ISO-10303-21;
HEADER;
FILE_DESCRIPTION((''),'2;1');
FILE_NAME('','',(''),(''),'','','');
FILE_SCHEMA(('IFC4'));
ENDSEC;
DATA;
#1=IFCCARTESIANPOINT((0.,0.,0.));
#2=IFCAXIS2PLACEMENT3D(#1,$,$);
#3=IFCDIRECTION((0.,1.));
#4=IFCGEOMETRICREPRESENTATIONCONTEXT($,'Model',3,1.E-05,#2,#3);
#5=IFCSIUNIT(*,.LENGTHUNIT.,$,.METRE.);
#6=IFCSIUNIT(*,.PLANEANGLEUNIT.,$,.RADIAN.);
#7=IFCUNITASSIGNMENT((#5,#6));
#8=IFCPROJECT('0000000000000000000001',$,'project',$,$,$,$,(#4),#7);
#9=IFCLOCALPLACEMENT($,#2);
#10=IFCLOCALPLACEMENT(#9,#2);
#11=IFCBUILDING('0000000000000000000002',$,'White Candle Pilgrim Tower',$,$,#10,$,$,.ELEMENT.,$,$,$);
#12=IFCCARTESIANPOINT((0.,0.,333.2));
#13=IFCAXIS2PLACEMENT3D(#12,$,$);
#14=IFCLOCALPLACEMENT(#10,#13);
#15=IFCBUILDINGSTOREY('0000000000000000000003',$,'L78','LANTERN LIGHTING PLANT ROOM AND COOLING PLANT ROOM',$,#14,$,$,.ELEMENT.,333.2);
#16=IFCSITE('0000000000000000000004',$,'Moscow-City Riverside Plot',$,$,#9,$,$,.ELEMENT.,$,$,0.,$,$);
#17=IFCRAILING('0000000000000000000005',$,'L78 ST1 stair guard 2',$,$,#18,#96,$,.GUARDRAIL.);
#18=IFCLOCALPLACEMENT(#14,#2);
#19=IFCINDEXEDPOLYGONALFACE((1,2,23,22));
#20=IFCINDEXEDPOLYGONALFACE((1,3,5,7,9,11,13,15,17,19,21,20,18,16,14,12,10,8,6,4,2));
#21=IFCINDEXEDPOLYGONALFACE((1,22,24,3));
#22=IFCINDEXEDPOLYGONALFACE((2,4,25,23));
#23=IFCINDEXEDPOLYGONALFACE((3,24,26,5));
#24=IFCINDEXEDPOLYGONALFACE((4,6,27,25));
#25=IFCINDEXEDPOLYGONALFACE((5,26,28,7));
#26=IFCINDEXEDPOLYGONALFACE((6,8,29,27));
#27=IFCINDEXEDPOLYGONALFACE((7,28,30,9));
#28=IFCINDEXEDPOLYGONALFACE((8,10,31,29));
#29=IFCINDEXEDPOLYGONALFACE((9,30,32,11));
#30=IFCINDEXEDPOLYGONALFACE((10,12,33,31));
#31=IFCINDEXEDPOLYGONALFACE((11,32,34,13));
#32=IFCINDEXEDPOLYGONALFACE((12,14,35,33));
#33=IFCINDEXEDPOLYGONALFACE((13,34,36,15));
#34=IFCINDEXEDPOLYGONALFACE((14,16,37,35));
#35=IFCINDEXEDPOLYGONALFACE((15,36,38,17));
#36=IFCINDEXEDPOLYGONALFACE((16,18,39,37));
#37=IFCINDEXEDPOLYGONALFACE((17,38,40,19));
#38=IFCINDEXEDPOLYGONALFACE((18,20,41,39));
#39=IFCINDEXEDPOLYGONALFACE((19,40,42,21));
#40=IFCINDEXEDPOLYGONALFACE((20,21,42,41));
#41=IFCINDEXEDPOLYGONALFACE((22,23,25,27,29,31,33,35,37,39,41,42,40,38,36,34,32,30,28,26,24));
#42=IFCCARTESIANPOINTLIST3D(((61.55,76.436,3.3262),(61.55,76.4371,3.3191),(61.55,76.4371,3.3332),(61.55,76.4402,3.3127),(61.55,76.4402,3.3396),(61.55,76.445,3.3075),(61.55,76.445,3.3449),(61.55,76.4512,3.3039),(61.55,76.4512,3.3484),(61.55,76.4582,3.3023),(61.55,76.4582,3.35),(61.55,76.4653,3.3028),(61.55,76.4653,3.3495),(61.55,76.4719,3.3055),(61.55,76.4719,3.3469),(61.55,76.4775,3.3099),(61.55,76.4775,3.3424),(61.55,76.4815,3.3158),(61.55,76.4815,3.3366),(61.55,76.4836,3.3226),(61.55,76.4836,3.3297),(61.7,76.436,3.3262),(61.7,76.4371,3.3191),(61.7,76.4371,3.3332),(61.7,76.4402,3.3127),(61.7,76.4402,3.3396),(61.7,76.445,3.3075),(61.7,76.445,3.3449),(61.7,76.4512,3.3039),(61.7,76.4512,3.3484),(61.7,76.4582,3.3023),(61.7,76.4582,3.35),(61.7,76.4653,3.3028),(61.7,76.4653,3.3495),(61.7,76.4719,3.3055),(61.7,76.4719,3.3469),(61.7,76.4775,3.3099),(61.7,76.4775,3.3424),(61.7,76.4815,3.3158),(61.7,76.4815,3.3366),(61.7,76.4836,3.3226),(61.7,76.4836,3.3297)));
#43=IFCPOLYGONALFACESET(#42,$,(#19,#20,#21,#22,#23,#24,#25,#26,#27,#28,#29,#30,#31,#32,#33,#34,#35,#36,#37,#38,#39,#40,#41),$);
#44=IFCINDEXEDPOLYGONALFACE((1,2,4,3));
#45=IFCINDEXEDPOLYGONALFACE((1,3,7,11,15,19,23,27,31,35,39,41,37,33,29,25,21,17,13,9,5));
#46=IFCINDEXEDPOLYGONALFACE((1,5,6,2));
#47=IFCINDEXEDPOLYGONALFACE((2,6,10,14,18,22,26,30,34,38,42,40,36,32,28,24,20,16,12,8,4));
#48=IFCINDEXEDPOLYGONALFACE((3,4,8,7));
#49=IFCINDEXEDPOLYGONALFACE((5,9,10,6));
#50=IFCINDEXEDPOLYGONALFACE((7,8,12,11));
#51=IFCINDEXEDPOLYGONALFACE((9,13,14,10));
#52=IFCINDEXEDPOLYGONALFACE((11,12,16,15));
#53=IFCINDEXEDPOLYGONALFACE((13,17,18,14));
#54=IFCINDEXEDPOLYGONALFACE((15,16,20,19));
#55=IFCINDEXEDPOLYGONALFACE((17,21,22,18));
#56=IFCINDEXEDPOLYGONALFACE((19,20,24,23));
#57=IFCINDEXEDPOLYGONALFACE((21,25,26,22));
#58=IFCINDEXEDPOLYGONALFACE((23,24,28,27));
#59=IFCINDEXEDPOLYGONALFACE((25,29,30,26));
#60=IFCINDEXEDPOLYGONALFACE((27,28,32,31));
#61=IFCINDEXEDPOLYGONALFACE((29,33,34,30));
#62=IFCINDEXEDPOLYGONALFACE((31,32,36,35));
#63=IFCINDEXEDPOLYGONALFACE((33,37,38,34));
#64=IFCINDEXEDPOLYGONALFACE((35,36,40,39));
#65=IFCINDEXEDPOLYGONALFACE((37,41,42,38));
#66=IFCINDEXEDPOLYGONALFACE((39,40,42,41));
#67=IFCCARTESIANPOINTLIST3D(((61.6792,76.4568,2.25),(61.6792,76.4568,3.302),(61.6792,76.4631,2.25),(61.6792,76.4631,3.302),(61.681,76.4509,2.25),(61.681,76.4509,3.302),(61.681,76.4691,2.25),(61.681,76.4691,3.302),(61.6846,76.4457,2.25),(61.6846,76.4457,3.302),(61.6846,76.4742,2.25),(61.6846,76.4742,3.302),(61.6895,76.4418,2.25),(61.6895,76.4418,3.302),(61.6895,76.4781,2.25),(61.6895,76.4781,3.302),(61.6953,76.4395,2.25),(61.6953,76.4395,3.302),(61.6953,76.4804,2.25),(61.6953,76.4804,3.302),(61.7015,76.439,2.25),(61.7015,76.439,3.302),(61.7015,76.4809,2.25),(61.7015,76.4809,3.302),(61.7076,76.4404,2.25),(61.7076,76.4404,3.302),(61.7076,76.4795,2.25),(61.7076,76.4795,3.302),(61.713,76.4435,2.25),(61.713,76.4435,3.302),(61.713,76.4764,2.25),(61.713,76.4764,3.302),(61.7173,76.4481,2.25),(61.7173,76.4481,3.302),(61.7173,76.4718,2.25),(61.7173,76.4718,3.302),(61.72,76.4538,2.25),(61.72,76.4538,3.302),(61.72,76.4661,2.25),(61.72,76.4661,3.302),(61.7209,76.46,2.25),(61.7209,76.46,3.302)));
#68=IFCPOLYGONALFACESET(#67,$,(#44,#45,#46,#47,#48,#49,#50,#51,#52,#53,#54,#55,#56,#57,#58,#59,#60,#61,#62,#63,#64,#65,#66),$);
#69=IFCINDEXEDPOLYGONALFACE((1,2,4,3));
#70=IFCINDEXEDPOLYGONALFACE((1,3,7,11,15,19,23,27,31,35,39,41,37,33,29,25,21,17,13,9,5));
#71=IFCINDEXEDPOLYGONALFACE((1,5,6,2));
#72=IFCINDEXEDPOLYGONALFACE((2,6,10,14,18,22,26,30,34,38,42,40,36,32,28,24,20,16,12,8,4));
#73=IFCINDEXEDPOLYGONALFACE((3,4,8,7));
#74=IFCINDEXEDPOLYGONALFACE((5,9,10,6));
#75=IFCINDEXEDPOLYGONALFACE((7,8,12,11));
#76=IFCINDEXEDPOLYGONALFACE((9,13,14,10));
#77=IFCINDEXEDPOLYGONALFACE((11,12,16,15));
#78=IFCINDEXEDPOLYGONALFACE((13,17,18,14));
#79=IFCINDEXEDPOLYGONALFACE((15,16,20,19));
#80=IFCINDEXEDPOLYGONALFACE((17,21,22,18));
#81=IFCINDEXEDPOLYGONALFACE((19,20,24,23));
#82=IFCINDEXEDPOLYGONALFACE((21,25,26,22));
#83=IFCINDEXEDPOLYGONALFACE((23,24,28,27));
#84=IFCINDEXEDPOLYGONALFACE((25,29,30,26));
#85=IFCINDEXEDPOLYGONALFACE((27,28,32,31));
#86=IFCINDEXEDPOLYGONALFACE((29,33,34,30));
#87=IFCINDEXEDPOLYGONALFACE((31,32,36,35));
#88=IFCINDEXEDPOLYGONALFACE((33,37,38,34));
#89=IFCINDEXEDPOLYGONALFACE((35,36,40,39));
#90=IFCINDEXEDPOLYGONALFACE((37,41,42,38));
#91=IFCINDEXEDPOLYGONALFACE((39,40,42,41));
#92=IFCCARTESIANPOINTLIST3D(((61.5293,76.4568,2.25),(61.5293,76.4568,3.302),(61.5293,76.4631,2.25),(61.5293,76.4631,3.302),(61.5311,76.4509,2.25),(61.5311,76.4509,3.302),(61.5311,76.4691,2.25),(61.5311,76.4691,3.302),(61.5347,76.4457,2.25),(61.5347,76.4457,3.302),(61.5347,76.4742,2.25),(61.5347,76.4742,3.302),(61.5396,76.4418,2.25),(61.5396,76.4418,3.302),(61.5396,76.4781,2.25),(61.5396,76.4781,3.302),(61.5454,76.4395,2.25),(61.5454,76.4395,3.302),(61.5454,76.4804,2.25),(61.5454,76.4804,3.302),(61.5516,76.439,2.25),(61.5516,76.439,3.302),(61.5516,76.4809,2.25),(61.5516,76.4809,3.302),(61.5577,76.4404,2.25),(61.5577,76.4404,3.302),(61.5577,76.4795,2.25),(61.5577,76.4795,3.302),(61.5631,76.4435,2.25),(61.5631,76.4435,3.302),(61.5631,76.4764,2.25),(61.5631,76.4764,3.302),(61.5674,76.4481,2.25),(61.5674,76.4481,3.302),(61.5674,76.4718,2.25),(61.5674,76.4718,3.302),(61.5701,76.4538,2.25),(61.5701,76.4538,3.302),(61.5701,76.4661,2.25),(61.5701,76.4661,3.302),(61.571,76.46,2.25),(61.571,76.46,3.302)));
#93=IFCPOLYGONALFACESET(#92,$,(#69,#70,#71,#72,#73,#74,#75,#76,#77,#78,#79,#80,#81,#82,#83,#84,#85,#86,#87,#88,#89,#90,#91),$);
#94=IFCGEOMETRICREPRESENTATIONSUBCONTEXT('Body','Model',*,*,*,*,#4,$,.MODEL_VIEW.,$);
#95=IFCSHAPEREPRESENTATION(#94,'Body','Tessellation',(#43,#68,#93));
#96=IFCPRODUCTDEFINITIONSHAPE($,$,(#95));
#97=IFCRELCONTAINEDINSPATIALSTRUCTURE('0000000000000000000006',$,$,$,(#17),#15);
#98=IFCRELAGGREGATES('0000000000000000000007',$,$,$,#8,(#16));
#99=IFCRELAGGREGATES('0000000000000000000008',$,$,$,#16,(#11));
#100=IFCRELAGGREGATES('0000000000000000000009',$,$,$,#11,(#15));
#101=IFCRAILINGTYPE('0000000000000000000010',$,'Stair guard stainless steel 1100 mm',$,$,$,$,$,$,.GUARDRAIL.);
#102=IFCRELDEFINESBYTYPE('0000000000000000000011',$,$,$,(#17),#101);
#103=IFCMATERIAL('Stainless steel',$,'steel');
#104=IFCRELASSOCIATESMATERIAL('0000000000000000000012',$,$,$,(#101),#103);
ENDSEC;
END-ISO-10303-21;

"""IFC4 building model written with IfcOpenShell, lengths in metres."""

from ifc_helpers import new_model, si_unit, direction, frame, origin, origin_2d, place, context, subcontext, project, spatial, circle, extrude, material, type_object, element, save


model = new_model("IFC4")

# Units and contexts
model_context = context("Model", 3, precision=1e-05, world=origin(), true_north=direction((0.0, 1.0)))
body_context = subcontext(model_context, "Body", "Model", "MODEL_VIEW")
ifc_project = project(units=[si_unit("LENGTHUNIT", "METRE"), si_unit("PLANEANGLEUNIT", "RADIAN")], contexts=[model_context])

# Site, building, storey
site_placement = place(None, origin())
site = spatial("IfcSite", under=ifc_project, at=site_placement, Name="Moscow-City Riverside Plot", CompositionType="ELEMENT", RefElevation=0.0)
building_placement = place(site_placement, origin())
building = spatial("IfcBuilding", under=site, at=building_placement, Name="White Candle Pilgrim Tower", CompositionType="ELEMENT")
storey_placement = place(building_placement, frame((0.0, 0.0, 333.2)))
storey = spatial("IfcBuildingStorey", under=building, at=storey_placement, Name="L78", Description="LANTERN LIGHTING PLANT ROOM AND COOLING PLANT ROOM", CompositionType="ELEMENT", Elevation=333.2)

# Railing
ifc_material_1 = material(Name="Stainless steel", Category="steel")
railing_type_1 = type_object("IfcRailingType", Name="Stair guard stainless steel 1100 mm", PredefinedType="GUARDRAIL", material=ifc_material_1)
railing_1_placement = place(storey_placement, frame((61.7, 76.46, 2.25)))
element("IfcRailing", 1, at=railing_1_placement, inside=storey, type_object=railing_type_1, Name="L78 ST1 stair guard 2", PredefinedType="GUARDRAIL", context=body_context, shape_type="SweptSolid", body=[
    extrude(circle(Radius=0.0239, at=origin_2d()), frame((0.0, 0.0, 1.0762), z_axis=(-1.0, 0.0, 0.0), x_axis=(0.0, -1.0, 0.0)), (0.0, 0.0, 1.0), 0.1499),
    extrude(circle(Radius=0.021, at=origin_2d()), origin(), (0.0, 0.0, 1.0), 1.052),
    extrude(circle(Radius=0.021, at=origin_2d()), frame((-0.1499, 0.0, 0.0)), (0.0, 0.0, 1.0), 1.052),
])

save(model, "model.ifc")
